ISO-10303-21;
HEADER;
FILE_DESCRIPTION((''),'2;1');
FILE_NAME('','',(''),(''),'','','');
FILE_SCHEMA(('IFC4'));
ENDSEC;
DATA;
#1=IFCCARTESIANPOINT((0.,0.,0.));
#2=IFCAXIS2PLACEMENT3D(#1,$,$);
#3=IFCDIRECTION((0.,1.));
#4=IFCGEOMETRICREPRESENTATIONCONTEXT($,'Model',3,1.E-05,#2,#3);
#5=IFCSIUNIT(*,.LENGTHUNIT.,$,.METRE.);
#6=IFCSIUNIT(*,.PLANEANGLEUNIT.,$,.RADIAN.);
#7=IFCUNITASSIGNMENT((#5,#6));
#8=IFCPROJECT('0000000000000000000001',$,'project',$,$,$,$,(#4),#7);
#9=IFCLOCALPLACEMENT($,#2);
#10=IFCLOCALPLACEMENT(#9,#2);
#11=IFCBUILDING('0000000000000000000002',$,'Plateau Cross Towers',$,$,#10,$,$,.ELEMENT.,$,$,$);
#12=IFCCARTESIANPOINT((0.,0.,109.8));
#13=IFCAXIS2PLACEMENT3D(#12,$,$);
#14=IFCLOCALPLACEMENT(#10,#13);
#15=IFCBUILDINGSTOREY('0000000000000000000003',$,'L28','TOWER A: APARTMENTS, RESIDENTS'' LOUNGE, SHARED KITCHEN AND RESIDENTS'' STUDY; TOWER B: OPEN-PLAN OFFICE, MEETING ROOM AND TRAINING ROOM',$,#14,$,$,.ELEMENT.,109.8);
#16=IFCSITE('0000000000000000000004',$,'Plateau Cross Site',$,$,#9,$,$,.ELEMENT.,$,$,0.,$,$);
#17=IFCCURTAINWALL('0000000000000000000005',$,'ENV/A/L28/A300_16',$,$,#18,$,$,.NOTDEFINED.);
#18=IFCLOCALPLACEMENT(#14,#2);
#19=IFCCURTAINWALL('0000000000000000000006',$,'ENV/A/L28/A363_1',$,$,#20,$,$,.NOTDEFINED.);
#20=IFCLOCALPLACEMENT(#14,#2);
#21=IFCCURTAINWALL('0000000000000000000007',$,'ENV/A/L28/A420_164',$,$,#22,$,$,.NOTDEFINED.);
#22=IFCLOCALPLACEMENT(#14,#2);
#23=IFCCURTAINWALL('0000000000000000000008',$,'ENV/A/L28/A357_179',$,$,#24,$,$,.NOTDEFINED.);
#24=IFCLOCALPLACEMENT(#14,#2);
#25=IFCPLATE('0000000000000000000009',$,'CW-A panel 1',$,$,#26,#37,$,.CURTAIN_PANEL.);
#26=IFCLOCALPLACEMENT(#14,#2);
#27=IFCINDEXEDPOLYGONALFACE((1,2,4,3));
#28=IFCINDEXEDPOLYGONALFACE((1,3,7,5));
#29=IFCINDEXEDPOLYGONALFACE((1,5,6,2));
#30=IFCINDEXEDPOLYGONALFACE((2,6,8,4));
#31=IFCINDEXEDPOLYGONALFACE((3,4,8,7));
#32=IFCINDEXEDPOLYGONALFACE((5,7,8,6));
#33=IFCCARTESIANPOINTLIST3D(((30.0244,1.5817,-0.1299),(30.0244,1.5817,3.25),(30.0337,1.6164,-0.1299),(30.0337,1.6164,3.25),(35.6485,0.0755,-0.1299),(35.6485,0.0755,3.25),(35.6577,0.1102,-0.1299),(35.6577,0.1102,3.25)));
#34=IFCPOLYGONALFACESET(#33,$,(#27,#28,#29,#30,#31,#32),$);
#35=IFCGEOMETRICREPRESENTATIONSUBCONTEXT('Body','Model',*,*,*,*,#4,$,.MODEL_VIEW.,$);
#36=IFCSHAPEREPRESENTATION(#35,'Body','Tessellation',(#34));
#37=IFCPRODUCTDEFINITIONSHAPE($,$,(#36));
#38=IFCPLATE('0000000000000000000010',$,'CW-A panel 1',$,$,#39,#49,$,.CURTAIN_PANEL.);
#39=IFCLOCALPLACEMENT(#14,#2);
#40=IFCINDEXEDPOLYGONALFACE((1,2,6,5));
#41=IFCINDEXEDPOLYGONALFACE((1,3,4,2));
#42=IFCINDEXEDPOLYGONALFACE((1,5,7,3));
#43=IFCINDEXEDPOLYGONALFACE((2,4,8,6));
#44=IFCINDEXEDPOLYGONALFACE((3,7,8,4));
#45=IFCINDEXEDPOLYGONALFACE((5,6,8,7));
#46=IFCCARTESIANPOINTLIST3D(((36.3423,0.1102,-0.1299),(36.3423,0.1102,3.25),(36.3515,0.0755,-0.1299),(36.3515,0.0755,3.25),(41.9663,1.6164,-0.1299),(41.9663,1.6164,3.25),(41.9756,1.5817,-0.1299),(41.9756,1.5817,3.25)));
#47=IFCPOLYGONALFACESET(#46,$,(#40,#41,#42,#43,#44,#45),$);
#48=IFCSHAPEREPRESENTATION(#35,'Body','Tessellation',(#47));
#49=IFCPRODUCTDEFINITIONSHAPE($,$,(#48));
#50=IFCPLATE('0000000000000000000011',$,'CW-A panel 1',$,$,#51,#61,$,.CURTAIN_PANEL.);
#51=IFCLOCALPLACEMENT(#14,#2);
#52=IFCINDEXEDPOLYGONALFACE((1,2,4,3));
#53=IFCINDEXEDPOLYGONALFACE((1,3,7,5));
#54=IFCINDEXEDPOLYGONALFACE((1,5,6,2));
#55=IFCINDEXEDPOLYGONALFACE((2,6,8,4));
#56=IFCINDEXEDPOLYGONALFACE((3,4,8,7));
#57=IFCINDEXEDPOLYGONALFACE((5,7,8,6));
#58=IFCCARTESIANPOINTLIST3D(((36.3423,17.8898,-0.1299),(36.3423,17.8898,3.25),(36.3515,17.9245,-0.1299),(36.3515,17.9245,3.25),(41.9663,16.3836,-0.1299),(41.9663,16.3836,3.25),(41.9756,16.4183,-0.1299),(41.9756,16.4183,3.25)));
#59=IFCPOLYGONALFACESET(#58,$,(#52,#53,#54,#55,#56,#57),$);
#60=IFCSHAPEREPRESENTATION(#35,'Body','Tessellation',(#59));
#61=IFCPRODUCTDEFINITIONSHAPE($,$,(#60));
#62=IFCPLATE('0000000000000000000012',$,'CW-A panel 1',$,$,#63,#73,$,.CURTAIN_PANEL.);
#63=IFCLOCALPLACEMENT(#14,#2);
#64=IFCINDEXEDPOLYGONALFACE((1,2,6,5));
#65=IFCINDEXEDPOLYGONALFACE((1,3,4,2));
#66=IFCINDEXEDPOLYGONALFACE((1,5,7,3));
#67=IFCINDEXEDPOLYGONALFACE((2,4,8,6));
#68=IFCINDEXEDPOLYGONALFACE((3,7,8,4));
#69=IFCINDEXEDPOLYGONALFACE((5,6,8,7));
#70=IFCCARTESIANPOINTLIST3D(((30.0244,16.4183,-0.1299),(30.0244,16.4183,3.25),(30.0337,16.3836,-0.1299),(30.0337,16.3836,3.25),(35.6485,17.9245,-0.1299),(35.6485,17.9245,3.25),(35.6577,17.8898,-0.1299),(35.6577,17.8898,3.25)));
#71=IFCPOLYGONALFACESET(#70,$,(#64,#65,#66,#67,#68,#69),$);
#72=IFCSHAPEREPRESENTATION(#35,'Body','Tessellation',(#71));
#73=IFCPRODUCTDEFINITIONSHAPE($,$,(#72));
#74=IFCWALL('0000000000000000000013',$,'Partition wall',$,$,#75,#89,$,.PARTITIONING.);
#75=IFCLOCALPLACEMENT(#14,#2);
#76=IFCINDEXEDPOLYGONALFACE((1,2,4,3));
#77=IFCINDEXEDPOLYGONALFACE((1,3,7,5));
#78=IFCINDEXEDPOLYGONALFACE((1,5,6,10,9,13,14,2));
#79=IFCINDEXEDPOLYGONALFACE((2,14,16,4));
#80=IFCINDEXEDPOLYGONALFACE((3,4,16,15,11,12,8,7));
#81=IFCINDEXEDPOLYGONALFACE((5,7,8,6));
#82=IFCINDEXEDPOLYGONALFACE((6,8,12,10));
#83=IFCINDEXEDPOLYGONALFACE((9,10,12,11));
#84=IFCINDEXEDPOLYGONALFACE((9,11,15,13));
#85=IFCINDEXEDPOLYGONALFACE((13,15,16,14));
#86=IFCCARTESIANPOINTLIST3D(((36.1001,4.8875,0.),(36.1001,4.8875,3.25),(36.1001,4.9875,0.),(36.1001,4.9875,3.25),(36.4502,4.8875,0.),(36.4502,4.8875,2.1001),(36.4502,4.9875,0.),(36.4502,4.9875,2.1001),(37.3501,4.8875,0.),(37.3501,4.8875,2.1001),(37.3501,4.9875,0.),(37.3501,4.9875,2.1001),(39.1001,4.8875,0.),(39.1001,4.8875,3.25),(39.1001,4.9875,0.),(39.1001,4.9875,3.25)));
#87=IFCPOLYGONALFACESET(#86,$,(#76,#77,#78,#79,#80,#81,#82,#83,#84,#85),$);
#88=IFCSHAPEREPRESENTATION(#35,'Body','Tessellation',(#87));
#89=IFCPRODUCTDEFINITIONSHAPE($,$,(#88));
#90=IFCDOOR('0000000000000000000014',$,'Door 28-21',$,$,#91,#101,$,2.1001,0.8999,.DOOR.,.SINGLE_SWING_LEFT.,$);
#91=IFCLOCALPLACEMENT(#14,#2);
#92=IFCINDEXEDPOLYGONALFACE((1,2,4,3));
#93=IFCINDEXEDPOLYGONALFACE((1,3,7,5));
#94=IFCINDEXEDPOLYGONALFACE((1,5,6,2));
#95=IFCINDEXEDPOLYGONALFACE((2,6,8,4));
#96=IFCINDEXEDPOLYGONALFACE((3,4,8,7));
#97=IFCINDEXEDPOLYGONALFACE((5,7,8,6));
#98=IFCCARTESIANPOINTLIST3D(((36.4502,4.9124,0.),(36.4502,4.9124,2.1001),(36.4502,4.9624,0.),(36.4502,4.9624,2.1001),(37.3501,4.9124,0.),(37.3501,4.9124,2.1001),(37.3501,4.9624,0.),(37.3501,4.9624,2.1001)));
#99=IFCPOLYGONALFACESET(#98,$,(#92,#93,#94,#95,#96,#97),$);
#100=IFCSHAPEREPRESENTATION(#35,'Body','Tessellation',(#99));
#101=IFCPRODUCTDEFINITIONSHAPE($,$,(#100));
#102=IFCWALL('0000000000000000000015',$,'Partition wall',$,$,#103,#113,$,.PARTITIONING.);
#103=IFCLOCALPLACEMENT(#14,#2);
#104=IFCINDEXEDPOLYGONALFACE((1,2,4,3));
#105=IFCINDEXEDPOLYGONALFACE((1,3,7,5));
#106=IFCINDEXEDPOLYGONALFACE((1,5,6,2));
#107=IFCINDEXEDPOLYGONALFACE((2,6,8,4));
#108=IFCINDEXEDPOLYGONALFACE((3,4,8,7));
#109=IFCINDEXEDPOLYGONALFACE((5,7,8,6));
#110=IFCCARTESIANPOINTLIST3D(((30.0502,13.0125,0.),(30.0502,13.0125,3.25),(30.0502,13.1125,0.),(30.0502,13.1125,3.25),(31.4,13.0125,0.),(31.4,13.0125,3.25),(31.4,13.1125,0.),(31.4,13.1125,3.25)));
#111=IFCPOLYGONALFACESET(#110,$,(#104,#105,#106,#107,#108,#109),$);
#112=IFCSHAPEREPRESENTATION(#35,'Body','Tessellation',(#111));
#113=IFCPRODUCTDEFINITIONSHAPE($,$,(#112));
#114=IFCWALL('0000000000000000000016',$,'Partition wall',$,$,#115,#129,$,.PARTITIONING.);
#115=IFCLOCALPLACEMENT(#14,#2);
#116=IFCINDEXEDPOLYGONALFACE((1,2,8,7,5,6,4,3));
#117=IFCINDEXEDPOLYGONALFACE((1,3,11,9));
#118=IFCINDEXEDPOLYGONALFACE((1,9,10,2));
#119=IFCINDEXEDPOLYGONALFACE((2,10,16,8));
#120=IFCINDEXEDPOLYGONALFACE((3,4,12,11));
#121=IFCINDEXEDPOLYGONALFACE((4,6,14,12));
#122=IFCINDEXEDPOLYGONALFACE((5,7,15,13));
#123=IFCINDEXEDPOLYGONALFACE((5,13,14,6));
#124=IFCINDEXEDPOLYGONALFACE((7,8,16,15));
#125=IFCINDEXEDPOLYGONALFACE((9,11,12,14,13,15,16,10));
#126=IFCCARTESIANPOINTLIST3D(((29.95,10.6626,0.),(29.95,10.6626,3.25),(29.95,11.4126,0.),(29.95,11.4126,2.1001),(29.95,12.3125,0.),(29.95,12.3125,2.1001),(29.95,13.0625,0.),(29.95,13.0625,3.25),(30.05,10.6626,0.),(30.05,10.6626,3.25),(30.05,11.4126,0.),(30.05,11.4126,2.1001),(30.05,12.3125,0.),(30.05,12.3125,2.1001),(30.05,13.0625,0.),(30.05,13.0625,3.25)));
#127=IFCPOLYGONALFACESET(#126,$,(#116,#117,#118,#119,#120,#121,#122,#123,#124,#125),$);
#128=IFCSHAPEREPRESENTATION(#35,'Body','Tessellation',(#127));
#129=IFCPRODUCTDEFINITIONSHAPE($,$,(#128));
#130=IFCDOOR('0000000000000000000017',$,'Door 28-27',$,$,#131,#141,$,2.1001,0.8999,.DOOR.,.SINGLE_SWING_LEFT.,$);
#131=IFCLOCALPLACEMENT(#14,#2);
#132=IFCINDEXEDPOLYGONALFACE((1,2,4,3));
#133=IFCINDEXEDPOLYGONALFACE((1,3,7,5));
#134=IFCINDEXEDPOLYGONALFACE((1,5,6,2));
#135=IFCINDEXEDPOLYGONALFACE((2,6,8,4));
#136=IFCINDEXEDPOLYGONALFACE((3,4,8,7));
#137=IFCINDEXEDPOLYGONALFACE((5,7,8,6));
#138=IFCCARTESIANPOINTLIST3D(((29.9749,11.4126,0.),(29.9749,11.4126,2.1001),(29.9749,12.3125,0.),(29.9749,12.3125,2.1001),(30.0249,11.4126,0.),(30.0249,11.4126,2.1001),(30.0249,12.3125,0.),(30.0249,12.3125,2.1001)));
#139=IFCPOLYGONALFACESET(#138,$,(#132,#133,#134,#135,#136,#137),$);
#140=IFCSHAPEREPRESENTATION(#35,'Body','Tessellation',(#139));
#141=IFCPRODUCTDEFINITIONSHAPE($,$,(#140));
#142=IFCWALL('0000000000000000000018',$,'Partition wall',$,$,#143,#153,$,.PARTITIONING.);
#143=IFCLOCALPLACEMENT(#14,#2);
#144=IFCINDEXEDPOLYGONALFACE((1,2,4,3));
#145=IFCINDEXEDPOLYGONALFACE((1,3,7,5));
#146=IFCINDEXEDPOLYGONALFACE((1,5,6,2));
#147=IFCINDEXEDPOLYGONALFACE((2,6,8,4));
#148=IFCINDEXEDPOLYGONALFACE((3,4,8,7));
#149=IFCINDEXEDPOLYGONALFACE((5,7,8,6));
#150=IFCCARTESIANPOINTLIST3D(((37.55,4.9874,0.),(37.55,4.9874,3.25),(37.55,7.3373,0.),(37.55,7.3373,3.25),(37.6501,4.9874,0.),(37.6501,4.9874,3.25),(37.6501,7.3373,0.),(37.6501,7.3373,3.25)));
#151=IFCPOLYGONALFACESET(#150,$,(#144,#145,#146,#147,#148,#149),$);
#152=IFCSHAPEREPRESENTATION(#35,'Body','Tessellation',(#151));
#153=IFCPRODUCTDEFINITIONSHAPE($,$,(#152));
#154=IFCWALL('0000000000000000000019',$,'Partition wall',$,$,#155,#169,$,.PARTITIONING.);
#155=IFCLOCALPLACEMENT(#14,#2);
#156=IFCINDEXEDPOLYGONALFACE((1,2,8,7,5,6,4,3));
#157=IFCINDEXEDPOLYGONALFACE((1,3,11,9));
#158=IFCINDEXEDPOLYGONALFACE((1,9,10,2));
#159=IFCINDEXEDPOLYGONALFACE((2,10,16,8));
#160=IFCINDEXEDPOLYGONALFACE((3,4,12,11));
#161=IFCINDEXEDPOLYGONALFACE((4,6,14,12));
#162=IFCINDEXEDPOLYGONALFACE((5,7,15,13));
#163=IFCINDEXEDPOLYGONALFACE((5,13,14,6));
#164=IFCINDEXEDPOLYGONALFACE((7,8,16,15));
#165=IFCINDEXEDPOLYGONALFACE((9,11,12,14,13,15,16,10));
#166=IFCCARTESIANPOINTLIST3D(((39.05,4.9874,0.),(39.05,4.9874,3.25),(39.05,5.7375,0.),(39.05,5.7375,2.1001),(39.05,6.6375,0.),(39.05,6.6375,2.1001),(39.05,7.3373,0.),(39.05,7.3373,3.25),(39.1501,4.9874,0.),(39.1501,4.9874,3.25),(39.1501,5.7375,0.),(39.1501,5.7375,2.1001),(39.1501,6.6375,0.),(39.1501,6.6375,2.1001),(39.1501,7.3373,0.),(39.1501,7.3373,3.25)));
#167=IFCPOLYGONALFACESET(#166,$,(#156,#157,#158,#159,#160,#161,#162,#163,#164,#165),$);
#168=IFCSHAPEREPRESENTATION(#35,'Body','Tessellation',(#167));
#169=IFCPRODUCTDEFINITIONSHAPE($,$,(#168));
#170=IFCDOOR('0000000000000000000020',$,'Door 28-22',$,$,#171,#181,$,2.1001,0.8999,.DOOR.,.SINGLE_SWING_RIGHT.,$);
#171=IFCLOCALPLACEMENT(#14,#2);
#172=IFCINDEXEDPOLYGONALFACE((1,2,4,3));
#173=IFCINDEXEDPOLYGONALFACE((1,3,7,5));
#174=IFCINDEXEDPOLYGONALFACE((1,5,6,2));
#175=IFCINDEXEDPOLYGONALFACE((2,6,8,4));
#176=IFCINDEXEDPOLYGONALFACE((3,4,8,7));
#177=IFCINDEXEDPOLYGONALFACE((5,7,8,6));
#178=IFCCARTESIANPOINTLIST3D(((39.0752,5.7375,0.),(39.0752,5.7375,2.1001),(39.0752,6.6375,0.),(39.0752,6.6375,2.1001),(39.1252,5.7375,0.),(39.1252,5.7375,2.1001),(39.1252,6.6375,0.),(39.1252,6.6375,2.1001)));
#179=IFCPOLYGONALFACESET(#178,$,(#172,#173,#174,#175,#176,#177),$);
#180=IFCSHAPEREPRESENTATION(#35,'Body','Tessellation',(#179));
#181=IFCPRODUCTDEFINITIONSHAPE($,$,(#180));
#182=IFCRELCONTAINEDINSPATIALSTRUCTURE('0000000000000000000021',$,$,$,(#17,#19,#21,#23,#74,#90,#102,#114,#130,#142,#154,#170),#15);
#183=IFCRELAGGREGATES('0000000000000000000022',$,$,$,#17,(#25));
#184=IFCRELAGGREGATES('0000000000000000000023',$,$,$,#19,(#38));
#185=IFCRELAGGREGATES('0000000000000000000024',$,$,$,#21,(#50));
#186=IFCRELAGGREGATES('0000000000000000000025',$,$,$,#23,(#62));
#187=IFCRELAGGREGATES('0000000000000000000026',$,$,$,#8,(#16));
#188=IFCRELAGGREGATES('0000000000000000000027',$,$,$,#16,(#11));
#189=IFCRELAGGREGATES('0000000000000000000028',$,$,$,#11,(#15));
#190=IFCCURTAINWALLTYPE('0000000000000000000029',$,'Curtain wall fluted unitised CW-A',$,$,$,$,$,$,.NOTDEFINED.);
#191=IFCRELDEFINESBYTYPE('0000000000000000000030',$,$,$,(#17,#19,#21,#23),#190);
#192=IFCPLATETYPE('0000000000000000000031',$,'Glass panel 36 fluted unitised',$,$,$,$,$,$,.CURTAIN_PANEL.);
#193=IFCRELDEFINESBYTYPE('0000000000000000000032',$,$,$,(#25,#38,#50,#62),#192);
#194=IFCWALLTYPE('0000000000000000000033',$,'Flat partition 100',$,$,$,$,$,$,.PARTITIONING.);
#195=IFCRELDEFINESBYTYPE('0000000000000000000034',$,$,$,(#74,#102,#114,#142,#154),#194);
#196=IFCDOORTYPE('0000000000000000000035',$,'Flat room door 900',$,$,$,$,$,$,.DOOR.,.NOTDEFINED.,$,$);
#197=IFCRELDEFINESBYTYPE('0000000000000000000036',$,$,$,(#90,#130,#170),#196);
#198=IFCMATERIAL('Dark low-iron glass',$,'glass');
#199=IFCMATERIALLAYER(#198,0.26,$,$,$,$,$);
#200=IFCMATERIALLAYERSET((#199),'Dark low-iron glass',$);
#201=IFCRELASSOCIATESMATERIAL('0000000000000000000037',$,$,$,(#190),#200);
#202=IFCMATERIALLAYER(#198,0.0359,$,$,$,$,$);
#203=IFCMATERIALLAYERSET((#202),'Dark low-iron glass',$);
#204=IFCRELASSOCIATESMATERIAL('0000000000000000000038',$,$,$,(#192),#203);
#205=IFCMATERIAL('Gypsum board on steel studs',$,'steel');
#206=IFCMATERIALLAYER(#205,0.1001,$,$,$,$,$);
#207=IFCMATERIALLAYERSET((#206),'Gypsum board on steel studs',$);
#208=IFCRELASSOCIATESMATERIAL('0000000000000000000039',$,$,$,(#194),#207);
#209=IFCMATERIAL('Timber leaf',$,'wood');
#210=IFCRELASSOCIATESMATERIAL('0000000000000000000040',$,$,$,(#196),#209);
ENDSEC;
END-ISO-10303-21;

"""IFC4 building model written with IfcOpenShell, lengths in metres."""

from ifc_helpers import new_model, si_unit, direction, frame, frame_2d, origin, origin_2d, place, context, subcontext, project, spatial, rectangle, extrude, material, layer, layer_set, type_object, element, fill, aggregate, save


model = new_model("IFC4")

# Units and contexts
model_context = context("Model", 3, precision=1e-05, world=origin(), true_north=direction((0.0, 1.0)))
body_context = subcontext(model_context, "Body", "Model", "MODEL_VIEW")
ifc_project = project(units=[si_unit("LENGTHUNIT", "METRE"), si_unit("PLANEANGLEUNIT", "RADIAN")], contexts=[model_context])

# Site, building, storey
site_placement = place(None, origin())
site = spatial("IfcSite", under=ifc_project, at=site_placement, Name="Plateau Cross Site", CompositionType="ELEMENT", RefElevation=0.0)
building_placement = place(site_placement, origin())
building = spatial("IfcBuilding", under=site, at=building_placement, Name="Plateau Cross Towers", CompositionType="ELEMENT")
storey_placement = place(building_placement, frame((0.0, 0.0, 109.8)))
storey = spatial("IfcBuildingStorey", under=building, at=storey_placement, Name="L28", Description="TOWER A: APARTMENTS, RESIDENTS' LOUNGE, SHARED KITCHEN AND RESIDENTS' STUDY; TOWER B: OPEN-PLAN OFFICE, MEETING ROOM AND TRAINING ROOM", CompositionType="ELEMENT", Elevation=109.8)

# Curtain walls
ifc_material_1 = material(Name="Dark low-iron glass", Category="glass")
ifc_layer_1 = layer(ifc_material_1, 0.26)
ifc_layer_set_1 = layer_set([ifc_layer_1], Name="Dark low-iron glass")
curtain_wall_type = type_object("IfcCurtainWallType", Name="Curtain wall fluted unitised CW-A", PredefinedType="NOTDEFINED", material=ifc_layer_set_1)
curtain_wall_1_placement = place(storey_placement, origin())
curtain_wall_1 = element("IfcCurtainWall", 1, at=curtain_wall_1_placement, inside=storey, type_object=curtain_wall_type, Name="ENV/A/L28/A300_16", PredefinedType="NOTDEFINED")
curtain_wall_2_placement = place(storey_placement, origin())
curtain_wall_2 = element("IfcCurtainWall", 2, at=curtain_wall_2_placement, inside=storey, type_object=curtain_wall_type, Name="ENV/A/L28/A363_1", PredefinedType="NOTDEFINED")

# Curtain wall
curtain_wall_3_placement = place(storey_placement, origin())
curtain_wall_3 = element("IfcCurtainWall", 3, at=curtain_wall_3_placement, inside=storey, type_object=curtain_wall_type, Name="ENV/A/L28/A420_164", PredefinedType="NOTDEFINED")

# Curtain wall
curtain_wall_4_placement = place(storey_placement, origin())
curtain_wall_4 = element("IfcCurtainWall", 4, at=curtain_wall_4_placement, inside=storey, type_object=curtain_wall_type, Name="ENV/A/L28/A357_179", PredefinedType="NOTDEFINED")

# Plates
ifc_layer_2 = layer(ifc_material_1, 0.0359)
ifc_layer_set_2 = layer_set([ifc_layer_2], Name="Dark low-iron glass")
plate_type = type_object("IfcPlateType", Name="Glass panel 36 fluted unitised", PredefinedType="CURTAIN_PANEL", material=ifc_layer_set_2)
plate_1_placement = place(storey_placement, frame((32.8411, 0.8459, -0.1299), z_axis=(0.0, 0.0, 1.0), x_axis=(0.965958, -0.258699, 0.0)))
plate_1 = element("IfcPlate", 5, at=plate_1_placement, type_object=plate_type, Name="CW-A panel 1", PredefinedType="CURTAIN_PANEL", context=body_context, shape_type="SweptSolid", body=[
    extrude(rectangle(XDim=5.8223, YDim=0.0359, at=origin_2d()), origin(), (0.0, 0.0, 1.0), 3.3799),
])
aggregate(curtain_wall_1, [plate_1])
plate_2_placement = place(storey_placement, frame((39.1589, 0.8459, -0.1299), z_axis=(0.0, 0.0, 1.0), x_axis=(0.965958, 0.258699, 0.0)))
plate_2 = element("IfcPlate", 6, at=plate_2_placement, type_object=plate_type, Name="CW-A panel 1", PredefinedType="CURTAIN_PANEL", context=body_context, shape_type="SweptSolid", body=[
    extrude(rectangle(XDim=5.8223, YDim=0.0359, at=origin_2d()), origin(), (0.0, 0.0, 1.0), 3.3799),
])
aggregate(curtain_wall_2, [plate_2])
plate_3_placement = place(storey_placement, frame((39.1589, 17.1541, -0.1299), z_axis=(0.0, 0.0, 1.0), x_axis=(-0.965958, 0.258699, 0.0)))
plate_3 = element("IfcPlate", 7, at=plate_3_placement, type_object=plate_type, Name="CW-A panel 1", PredefinedType="CURTAIN_PANEL", context=body_context, shape_type="SweptSolid", body=[
    extrude(rectangle(XDim=5.8223, YDim=0.0359, at=origin_2d()), origin(), (0.0, 0.0, 1.0), 3.3799),
])
aggregate(curtain_wall_3, [plate_3])
plate_4_placement = place(storey_placement, frame((32.8411, 17.1541, -0.1299), z_axis=(0.0, 0.0, 1.0), x_axis=(-0.965958, -0.258699, 0.0)))
plate_4 = element("IfcPlate", 8, at=plate_4_placement, type_object=plate_type, Name="CW-A panel 1", PredefinedType="CURTAIN_PANEL", context=body_context, shape_type="SweptSolid", body=[
    extrude(rectangle(XDim=5.8223, YDim=0.0359, at=origin_2d()), origin(), (0.0, 0.0, 1.0), 3.3799),
])
aggregate(curtain_wall_4, [plate_4])

# Wall, opening, door
ifc_material_2 = material(Name="Gypsum board on steel studs", Category="steel")
ifc_layer_3 = layer(ifc_material_2, 0.1001)
ifc_layer_set_3 = layer_set([ifc_layer_3], Name="Gypsum board on steel studs")
wall_type_1 = type_object("IfcWallType", Name="Flat partition 100", PredefinedType="PARTITIONING", material=ifc_layer_set_3)
wall_1_placement = place(storey_placement, frame((36.1001, 4.9375, 0.0), z_axis=(0.0, 0.0, 1.0), x_axis=(1.0, 0.0, 0.0)))
wall_1 = element("IfcWall", 9, at=wall_1_placement, inside=storey, type_object=wall_type_1, Name="Partition wall", PredefinedType="PARTITIONING", context=body_context, shape_type="SweptSolid", body=[
    extrude(rectangle(XDim=3.0, YDim=0.1001, at=frame_2d((1.5, 0.0))), origin(), (0.0, 0.0, 1.0), 3.25),
])
opening_1_placement = place(wall_1_placement, frame((0.3501, 0.0, 0.0)))
opening_1 = element("IfcOpeningElement", 10, at=opening_1_placement, cuts=wall_1, PredefinedType="OPENING", context=body_context, shape_type="SweptSolid", body=[
    extrude(rectangle(XDim=0.8999, YDim=2.1001, at=frame_2d((0.45, 1.05))), frame((0.0, 0.0601, 0.0), z_axis=(0.0, -1.0, 0.0), x_axis=(1.0, 0.0, 0.0)), (0.0, 0.0, 1.0), 0.1201),
])
ifc_material_3 = material(Name="Timber leaf", Category="wood")
door_type = type_object("IfcDoorType", Name="Flat room door 900", OperationType="NOTDEFINED", PredefinedType="DOOR", material=ifc_material_3)
door_1_placement = place(opening_1_placement, origin())
door_1 = element("IfcDoor", 11, at=door_1_placement, inside=storey, type_object=door_type, Name="Door 28-21", OperationType="SINGLE_SWING_LEFT", OverallHeight=2.1001, OverallWidth=0.8999, PredefinedType="DOOR", context=body_context, shape_type="SweptSolid", body=[
    extrude(rectangle(XDim=0.8999, YDim=2.1001, at=frame_2d((0.45, 1.05))), frame((0.0, 0.0249, 0.0), z_axis=(0.0, -1.0, 0.0), x_axis=(1.0, 0.0, 0.0)), (0.0, 0.0, 1.0), 0.05),
])
fill(opening_1, door_1)

# Wall
wall_2_placement = place(storey_placement, frame((31.3999, 13.0625, 0.0), z_axis=(0.0, 0.0, 1.0), x_axis=(-1.0, 0.0, 0.0)))
element("IfcWall", 12, at=wall_2_placement, inside=storey, type_object=wall_type_1, Name="Partition wall", PredefinedType="PARTITIONING", context=body_context, shape_type="SweptSolid", body=[
    extrude(rectangle(XDim=1.3499, YDim=0.1001, at=frame_2d((0.6748, 0.0))), origin(), (0.0, 0.0, 1.0), 3.25),
])

# Wall, opening, door
wall_3_placement = place(storey_placement, frame((30.0, 13.0625, 0.0), z_axis=(0.0, 0.0, 1.0), x_axis=(0.0, -1.0, 0.0)))
wall_3 = element("IfcWall", 13, at=wall_3_placement, inside=storey, type_object=wall_type_1, Name="Partition wall", PredefinedType="PARTITIONING", context=body_context, shape_type="SweptSolid", body=[
    extrude(rectangle(XDim=2.3999, YDim=0.1001, at=frame_2d((1.2, 0.0))), origin(), (0.0, 0.0, 1.0), 3.25),
])
opening_2_placement = place(wall_3_placement, frame((0.75, 0.0, 0.0)))
opening_2 = element("IfcOpeningElement", 14, at=opening_2_placement, cuts=wall_3, PredefinedType="OPENING", context=body_context, shape_type="SweptSolid", body=[
    extrude(rectangle(XDim=0.8999, YDim=2.1001, at=frame_2d((0.45, 1.05))), frame((0.0, 0.0601, 0.0), z_axis=(0.0, -1.0, 0.0), x_axis=(1.0, 0.0, 0.0)), (0.0, 0.0, 1.0), 0.1201),
])
door_2_placement = place(opening_2_placement, origin())
door_2 = element("IfcDoor", 15, at=door_2_placement, inside=storey, type_object=door_type, Name="Door 28-27", OperationType="SINGLE_SWING_LEFT", OverallHeight=2.1001, OverallWidth=0.8999, PredefinedType="DOOR", context=body_context, shape_type="SweptSolid", body=[
    extrude(rectangle(XDim=0.8999, YDim=2.1001, at=frame_2d((0.45, 1.05))), frame((0.0, 0.0249, 0.0), z_axis=(0.0, -1.0, 0.0), x_axis=(1.0, 0.0, 0.0)), (0.0, 0.0, 1.0), 0.05),
])
fill(opening_2, door_2)

# Wall
wall_4_placement = place(storey_placement, frame((37.6001, 4.9875, 0.0), z_axis=(0.0, 0.0, 1.0), x_axis=(0.0, 1.0, 0.0)))
element("IfcWall", 16, at=wall_4_placement, inside=storey, type_object=wall_type_1, Name="Partition wall", PredefinedType="PARTITIONING", context=body_context, shape_type="SweptSolid", body=[
    extrude(rectangle(XDim=2.3499, YDim=0.1001, at=frame_2d((1.1748, 0.0))), origin(), (0.0, 0.0, 1.0), 3.25),
])

# Wall, opening, door
wall_5_placement = place(storey_placement, frame((39.1001, 4.9875, 0.0), z_axis=(0.0, 0.0, 1.0), x_axis=(0.0, 1.0, 0.0)))
wall_5 = element("IfcWall", 17, at=wall_5_placement, inside=storey, type_object=wall_type_1, Name="Partition wall", PredefinedType="PARTITIONING", context=body_context, shape_type="SweptSolid", body=[
    extrude(rectangle(XDim=2.3499, YDim=0.1001, at=frame_2d((1.1748, 0.0))), origin(), (0.0, 0.0, 1.0), 3.25),
])
opening_3_placement = place(wall_5_placement, frame((0.75, 0.0, 0.0)))
opening_3 = element("IfcOpeningElement", 18, at=opening_3_placement, cuts=wall_5, PredefinedType="OPENING", context=body_context, shape_type="SweptSolid", body=[
    extrude(rectangle(XDim=0.8999, YDim=2.1001, at=frame_2d((0.45, 1.05))), frame((0.0, 0.0601, 0.0), z_axis=(0.0, -1.0, 0.0), x_axis=(1.0, 0.0, 0.0)), (0.0, 0.0, 1.0), 0.1201),
])
door_3_placement = place(opening_3_placement, origin())
door_3 = element("IfcDoor", 19, at=door_3_placement, inside=storey, type_object=door_type, Name="Door 28-22", OperationType="SINGLE_SWING_RIGHT", OverallHeight=2.1001, OverallWidth=0.8999, PredefinedType="DOOR", context=body_context, shape_type="SweptSolid", body=[
    extrude(rectangle(XDim=0.8999, YDim=2.1001, at=frame_2d((0.45, 1.05))), frame((0.0, 0.0249, 0.0), z_axis=(0.0, -1.0, 0.0), x_axis=(1.0, 0.0, 0.0)), (0.0, 0.0, 1.0), 0.05),
])
fill(opening_3, door_3)

save(model, "model.ifc")
